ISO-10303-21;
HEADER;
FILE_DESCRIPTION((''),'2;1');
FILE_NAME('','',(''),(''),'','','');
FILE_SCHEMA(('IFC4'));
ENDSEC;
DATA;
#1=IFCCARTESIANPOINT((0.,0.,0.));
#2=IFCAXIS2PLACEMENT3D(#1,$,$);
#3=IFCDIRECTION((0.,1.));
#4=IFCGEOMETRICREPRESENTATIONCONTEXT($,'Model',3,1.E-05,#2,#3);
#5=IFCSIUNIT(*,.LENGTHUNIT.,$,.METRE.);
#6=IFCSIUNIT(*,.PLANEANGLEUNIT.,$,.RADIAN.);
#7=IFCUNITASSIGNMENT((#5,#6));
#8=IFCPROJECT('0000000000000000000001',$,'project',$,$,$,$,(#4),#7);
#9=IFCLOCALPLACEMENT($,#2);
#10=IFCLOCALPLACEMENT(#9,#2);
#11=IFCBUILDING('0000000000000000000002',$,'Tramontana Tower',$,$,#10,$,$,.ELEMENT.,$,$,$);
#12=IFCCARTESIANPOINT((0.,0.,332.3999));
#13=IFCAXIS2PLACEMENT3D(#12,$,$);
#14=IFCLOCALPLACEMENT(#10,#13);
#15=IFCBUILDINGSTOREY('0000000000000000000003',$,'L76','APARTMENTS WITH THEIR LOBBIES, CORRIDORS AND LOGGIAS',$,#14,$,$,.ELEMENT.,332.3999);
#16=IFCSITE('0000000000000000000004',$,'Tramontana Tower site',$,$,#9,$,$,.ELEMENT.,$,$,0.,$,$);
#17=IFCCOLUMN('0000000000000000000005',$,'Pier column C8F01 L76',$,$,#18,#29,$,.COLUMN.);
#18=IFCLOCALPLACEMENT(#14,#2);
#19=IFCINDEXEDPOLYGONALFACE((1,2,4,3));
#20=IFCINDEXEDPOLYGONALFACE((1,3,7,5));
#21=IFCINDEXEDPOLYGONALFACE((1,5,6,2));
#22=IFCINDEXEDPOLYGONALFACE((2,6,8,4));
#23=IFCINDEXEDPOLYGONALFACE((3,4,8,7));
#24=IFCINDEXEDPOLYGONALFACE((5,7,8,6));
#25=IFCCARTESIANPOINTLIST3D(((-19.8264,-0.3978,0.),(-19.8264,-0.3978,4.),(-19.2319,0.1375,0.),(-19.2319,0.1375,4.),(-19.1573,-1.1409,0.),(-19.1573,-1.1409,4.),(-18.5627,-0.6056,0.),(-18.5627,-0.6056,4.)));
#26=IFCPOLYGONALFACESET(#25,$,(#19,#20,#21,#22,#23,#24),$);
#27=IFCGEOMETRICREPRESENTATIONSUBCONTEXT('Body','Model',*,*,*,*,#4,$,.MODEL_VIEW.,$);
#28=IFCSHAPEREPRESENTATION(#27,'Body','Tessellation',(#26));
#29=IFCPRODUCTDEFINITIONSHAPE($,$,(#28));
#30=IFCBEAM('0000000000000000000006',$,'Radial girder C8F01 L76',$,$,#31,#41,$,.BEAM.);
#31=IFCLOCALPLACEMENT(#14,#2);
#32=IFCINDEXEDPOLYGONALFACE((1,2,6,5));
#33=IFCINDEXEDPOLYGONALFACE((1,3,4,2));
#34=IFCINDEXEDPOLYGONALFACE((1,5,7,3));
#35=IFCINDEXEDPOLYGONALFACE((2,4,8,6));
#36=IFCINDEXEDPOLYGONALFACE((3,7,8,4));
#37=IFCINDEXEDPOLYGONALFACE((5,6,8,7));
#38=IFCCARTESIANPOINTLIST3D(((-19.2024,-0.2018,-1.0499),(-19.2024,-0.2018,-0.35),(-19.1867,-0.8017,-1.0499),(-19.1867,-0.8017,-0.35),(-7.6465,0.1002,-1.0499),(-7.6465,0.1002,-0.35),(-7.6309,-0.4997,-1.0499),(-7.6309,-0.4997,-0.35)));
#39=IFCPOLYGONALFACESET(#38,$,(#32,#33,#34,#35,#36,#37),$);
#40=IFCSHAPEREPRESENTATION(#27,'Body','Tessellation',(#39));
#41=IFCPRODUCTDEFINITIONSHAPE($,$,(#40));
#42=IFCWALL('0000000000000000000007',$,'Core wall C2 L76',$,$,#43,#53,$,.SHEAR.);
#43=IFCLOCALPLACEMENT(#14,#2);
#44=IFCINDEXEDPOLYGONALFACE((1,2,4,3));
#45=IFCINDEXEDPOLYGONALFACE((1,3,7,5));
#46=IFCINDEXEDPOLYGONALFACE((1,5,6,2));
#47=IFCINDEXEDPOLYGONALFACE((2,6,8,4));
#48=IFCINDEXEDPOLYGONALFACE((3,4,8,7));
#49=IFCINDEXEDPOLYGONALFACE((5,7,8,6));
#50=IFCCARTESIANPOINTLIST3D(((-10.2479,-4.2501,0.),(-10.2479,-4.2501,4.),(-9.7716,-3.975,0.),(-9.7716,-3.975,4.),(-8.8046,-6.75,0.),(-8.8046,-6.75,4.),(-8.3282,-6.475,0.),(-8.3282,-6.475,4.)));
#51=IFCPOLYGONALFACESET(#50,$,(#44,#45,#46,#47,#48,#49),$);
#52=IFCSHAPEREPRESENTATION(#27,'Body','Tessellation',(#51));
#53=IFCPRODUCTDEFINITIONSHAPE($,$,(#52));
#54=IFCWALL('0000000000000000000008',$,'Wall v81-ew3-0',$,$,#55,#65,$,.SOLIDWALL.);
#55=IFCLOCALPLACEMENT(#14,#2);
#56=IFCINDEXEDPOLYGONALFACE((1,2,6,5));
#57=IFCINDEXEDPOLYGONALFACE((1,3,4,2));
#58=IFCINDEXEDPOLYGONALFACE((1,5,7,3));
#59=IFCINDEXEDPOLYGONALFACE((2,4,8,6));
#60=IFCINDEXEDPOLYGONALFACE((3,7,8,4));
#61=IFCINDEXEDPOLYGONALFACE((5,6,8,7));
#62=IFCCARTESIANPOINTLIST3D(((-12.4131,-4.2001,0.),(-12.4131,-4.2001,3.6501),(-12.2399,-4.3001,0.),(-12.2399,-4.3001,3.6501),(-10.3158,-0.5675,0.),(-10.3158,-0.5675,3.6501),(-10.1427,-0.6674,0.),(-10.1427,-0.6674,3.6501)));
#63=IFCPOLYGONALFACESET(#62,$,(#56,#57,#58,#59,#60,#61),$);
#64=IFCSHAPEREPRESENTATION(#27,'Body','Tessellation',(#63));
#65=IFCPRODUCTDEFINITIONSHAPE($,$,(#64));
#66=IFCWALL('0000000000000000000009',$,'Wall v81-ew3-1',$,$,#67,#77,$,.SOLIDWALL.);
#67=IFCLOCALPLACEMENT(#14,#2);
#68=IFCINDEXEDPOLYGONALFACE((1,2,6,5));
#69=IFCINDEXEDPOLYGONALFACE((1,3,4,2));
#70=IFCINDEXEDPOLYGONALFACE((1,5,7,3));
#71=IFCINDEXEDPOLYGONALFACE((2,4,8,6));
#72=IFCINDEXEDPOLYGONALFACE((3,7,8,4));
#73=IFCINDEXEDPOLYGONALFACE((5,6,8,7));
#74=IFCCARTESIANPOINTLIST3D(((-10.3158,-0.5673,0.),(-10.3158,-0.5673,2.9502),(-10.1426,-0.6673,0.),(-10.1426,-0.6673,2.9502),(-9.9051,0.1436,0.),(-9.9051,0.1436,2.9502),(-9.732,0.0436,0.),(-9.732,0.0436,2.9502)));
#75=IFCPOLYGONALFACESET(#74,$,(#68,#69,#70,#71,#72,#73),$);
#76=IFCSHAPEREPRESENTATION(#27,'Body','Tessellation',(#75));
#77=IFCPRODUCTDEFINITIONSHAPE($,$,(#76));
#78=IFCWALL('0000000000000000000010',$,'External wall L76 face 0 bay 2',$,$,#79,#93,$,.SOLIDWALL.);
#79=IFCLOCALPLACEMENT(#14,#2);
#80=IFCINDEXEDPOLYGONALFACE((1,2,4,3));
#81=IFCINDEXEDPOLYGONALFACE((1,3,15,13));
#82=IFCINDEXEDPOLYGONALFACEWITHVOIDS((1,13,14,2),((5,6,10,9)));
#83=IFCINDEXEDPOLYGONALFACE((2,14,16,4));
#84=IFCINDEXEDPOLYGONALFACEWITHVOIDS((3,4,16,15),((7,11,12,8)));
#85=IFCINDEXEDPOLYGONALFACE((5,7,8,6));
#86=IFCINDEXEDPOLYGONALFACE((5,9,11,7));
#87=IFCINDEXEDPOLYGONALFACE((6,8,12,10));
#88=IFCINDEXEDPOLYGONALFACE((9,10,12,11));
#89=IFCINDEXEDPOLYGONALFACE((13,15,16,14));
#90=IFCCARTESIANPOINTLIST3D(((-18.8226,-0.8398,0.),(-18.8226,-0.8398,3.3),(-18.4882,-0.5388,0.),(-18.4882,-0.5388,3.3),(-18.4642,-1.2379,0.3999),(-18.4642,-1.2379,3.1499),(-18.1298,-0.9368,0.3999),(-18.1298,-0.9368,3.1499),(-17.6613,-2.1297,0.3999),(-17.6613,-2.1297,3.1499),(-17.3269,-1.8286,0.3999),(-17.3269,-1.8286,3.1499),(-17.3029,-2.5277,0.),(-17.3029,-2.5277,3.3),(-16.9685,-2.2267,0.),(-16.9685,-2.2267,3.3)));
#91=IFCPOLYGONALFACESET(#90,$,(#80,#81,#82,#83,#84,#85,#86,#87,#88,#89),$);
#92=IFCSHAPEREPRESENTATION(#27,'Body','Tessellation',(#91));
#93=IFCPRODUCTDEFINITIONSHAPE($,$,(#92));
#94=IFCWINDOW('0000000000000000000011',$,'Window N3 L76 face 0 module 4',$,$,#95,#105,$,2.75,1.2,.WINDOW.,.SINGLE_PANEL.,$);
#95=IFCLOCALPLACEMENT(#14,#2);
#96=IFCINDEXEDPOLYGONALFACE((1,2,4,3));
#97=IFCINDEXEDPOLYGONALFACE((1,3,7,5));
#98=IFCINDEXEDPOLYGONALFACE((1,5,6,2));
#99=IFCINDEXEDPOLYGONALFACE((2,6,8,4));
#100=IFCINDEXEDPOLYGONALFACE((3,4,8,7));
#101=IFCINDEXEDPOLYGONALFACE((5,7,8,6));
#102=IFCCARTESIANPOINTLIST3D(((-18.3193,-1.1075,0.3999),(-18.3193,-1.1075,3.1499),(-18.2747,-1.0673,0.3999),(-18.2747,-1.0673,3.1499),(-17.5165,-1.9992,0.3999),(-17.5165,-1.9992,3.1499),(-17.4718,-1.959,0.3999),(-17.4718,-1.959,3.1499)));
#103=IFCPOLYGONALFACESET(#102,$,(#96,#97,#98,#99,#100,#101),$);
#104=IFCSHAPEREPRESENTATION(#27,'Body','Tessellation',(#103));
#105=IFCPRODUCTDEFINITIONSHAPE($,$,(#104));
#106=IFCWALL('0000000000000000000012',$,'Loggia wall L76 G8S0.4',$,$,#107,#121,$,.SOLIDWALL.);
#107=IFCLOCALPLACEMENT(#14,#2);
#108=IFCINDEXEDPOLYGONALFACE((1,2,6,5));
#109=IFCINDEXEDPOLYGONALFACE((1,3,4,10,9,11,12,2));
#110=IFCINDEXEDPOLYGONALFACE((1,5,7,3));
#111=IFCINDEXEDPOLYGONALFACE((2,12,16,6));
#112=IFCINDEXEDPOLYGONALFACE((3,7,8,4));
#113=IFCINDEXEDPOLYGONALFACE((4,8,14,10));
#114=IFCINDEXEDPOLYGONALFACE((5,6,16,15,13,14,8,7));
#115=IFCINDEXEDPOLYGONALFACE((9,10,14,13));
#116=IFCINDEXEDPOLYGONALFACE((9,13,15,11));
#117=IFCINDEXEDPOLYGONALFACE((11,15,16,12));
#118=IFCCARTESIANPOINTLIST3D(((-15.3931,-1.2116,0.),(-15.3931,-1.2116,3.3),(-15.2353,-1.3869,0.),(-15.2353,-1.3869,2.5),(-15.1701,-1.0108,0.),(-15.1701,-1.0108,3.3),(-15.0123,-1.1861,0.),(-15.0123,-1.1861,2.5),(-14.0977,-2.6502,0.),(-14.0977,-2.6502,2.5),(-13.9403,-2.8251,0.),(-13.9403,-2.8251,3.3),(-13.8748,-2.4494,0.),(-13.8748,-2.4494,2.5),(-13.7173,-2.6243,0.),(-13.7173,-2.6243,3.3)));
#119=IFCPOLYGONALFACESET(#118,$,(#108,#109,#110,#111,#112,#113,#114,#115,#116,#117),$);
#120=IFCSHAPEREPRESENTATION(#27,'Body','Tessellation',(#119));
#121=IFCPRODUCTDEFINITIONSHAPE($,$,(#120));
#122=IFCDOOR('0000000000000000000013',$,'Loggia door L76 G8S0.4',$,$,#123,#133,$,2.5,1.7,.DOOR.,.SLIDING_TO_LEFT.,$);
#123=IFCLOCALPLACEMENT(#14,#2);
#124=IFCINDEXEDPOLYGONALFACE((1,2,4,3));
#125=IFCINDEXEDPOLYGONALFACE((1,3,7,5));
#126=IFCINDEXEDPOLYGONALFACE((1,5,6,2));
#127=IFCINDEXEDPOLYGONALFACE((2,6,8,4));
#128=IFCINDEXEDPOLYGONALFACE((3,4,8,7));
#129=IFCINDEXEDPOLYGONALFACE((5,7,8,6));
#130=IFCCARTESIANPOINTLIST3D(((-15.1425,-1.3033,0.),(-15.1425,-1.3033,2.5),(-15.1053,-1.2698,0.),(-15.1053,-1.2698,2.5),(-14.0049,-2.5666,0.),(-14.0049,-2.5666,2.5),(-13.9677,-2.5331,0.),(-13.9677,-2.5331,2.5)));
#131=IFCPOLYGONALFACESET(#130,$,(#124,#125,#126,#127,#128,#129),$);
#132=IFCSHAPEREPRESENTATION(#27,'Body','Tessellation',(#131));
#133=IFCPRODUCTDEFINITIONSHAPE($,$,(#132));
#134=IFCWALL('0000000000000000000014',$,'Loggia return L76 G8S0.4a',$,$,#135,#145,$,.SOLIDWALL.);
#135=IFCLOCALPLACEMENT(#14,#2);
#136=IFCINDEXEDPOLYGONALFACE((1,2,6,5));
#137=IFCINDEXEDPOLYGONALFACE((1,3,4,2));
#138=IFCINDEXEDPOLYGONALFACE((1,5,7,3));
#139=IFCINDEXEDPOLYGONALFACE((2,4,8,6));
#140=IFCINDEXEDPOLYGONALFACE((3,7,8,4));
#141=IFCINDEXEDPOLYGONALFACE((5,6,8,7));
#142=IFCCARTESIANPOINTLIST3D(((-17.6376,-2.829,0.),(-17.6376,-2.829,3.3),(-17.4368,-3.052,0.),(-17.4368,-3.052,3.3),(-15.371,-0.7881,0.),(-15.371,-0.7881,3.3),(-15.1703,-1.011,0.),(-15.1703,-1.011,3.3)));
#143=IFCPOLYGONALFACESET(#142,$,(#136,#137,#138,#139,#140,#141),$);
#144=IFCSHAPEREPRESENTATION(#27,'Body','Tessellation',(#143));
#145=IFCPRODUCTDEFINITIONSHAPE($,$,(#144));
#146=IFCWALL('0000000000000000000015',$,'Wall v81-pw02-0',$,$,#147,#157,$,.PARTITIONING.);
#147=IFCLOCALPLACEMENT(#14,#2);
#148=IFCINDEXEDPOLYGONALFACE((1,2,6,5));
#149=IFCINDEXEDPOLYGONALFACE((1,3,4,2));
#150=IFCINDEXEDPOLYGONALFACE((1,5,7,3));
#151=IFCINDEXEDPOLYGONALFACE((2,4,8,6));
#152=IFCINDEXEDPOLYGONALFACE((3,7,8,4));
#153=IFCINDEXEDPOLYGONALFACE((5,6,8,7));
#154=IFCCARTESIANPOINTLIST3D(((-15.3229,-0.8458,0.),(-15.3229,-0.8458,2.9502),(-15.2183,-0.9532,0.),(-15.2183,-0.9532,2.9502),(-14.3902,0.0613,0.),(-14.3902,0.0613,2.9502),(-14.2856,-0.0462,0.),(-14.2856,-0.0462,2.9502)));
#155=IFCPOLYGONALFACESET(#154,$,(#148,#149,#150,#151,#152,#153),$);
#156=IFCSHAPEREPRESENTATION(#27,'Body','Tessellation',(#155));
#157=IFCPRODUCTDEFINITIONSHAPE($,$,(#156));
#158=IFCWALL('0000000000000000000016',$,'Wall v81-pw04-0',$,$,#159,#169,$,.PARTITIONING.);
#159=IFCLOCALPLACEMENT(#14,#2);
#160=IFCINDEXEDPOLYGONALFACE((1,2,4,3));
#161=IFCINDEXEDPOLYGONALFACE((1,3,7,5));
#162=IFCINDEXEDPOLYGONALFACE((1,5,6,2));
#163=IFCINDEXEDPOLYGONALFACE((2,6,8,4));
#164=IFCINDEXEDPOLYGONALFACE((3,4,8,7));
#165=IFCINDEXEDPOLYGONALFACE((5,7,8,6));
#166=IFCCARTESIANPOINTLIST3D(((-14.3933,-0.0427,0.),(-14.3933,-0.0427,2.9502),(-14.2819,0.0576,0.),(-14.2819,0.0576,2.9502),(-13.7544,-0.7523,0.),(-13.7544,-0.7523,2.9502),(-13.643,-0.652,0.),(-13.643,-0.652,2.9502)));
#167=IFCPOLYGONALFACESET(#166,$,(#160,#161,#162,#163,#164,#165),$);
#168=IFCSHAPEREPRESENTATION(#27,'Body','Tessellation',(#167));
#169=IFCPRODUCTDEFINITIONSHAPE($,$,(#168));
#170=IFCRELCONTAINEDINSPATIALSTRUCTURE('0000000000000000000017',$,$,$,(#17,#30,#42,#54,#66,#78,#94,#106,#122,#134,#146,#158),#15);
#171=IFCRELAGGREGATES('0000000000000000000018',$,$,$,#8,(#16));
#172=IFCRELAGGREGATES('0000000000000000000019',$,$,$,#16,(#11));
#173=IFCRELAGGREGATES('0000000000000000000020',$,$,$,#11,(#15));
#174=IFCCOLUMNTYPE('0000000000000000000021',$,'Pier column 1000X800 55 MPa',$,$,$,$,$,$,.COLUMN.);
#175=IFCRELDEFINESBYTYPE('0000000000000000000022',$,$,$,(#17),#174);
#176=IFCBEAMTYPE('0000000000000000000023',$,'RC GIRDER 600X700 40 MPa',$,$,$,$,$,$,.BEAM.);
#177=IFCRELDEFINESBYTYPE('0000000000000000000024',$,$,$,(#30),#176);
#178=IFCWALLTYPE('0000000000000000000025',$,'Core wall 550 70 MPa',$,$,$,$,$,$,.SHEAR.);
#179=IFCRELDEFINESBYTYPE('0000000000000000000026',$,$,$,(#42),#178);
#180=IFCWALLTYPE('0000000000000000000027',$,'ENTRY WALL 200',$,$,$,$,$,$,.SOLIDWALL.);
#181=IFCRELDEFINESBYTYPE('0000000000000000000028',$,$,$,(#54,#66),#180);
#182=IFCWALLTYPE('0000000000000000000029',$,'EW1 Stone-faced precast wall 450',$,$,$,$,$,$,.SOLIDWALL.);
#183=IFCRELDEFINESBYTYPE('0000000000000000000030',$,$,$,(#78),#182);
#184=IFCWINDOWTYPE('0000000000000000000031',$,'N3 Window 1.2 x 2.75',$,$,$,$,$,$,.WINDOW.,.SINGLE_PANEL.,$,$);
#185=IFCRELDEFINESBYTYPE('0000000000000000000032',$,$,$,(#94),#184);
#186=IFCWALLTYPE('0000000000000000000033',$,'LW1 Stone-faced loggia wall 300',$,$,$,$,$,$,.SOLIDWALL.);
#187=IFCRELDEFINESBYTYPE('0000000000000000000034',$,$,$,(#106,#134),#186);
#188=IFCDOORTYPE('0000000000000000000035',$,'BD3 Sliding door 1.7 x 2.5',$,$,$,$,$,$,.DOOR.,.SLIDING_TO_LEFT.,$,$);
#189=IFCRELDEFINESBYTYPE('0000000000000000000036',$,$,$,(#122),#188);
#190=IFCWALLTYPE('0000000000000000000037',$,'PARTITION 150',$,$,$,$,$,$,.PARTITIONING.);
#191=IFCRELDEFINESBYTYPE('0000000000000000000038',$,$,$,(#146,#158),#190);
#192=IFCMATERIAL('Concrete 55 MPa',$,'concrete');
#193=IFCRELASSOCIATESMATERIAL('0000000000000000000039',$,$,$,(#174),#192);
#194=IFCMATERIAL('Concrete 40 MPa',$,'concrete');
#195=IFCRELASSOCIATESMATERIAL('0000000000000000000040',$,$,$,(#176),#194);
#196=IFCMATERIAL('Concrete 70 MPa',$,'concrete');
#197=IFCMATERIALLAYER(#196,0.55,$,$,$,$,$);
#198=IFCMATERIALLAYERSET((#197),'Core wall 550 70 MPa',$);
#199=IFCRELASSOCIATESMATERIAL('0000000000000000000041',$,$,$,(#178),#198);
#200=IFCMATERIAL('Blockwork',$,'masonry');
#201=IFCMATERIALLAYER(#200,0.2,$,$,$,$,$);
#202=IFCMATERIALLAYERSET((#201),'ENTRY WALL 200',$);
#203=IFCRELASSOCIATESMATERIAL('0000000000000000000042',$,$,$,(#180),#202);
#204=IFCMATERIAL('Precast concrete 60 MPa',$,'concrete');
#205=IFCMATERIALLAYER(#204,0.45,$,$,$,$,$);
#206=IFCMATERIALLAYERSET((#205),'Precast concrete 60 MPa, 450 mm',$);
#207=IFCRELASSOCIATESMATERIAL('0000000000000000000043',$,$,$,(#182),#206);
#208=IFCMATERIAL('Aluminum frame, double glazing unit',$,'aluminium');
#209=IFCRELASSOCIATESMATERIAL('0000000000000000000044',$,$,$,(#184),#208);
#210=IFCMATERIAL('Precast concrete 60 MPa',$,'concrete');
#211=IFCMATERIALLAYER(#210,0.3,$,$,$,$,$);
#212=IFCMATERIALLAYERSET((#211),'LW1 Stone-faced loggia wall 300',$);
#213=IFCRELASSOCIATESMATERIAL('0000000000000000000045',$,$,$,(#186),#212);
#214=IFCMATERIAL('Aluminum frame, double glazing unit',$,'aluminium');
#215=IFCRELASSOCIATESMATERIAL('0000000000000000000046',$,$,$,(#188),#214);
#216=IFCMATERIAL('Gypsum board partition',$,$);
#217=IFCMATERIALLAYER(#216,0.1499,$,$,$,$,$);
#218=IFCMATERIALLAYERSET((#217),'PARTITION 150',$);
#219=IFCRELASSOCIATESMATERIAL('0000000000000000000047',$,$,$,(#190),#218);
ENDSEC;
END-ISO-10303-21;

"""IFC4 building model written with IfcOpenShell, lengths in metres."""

from ifc_helpers import new_model, si_unit, direction, frame, frame_2d, origin, origin_2d, place, context, subcontext, project, spatial, rectangle, extrude, material, layer, layer_set, material_profile, profile_set, type_object, element, fill, save


model = new_model("IFC4")

# Units and contexts
model_context = context("Model", 3, precision=1e-05, world=origin(), true_north=direction((0.0, 1.0)))
body_context = subcontext(model_context, "Body", "Model", "MODEL_VIEW")
ifc_project = project(units=[si_unit("LENGTHUNIT", "METRE"), si_unit("PLANEANGLEUNIT", "RADIAN")], contexts=[model_context])

# Site, building, storey
site_placement = place(None, origin())
site = spatial("IfcSite", under=ifc_project, at=site_placement, Name="Tramontana Tower site", CompositionType="ELEMENT", RefElevation=0.0)
building_placement = place(site_placement, origin())
building = spatial("IfcBuilding", under=site, at=building_placement, Name="Tramontana Tower", CompositionType="ELEMENT")
storey_placement = place(building_placement, frame((0.0, 0.0, 332.3999)))
storey = spatial("IfcBuildingStorey", under=building, at=storey_placement, Name="L76", Description="APARTMENTS WITH THEIR LOBBIES, CORRIDORS AND LOGGIAS", CompositionType="ELEMENT", Elevation=332.3999)

# Column
ifc_material_1 = material(Name="Concrete 55 MPa", Category="concrete")
ifc_material_profile_1 = material_profile(ifc_material_1, rectangle(XDim=1.0, YDim=0.8, at=origin_2d()), Name="Pier column 1000X800 55 MPa")
ifc_profile_set_1 = profile_set([ifc_material_profile_1], Name="Concrete 55 MPa")
column_type = type_object("IfcColumnType", Name="Pier column 1000X800 55 MPa", PredefinedType="COLUMN", material=ifc_profile_set_1)
column_placement = place(storey_placement, frame((-19.1946, -0.5017, 0.0), z_axis=(0.0, 0.0, 1.0), x_axis=(0.669131, -0.743145, 0.0)))
element("IfcColumn", 1, at=column_placement, inside=storey, type_object=column_type, Name="Pier column C8F01 L76", PredefinedType="COLUMN", context=body_context, shape_type="SweptSolid", body=[
    extrude(rectangle(XDim=1.0, YDim=0.8, at=origin_2d()), origin(), (0.0, 0.0, 1.0), 4.0),
])

# Beam
ifc_material_2 = material(Name="Concrete 40 MPa", Category="concrete")
ifc_material_profile_2 = material_profile(ifc_material_2, rectangle(XDim=0.6001, YDim=0.7, at=origin_2d()), Name="RC GIRDER 600X700 40 MPa")
ifc_profile_set_2 = profile_set([ifc_material_profile_2], Name="Concrete 40 MPa")
beam_type = type_object("IfcBeamType", Name="RC GIRDER 600X700 40 MPa", PredefinedType="BEAM", material=ifc_profile_set_2)
beam_placement = place(storey_placement, frame((-19.1946, -0.5017, -0.7), z_axis=(0.999659, 0.026125, 0.0), x_axis=(-0.026125, 0.999659, 0.0)))
element("IfcBeam", 2, at=beam_placement, inside=storey, type_object=beam_type, Name="Radial girder C8F01 L76", PredefinedType="BEAM", context=body_context, shape_type="SweptSolid", body=[
    extrude(rectangle(XDim=0.6001, YDim=0.7, at=origin_2d()), origin(), (0.0, 0.0, 1.0), 11.5598),
])

# Walls
ifc_material_3 = material(Name="Concrete 70 MPa", Category="concrete")
ifc_layer_1 = layer(ifc_material_3, 0.55)
ifc_layer_set_1 = layer_set([ifc_layer_1], Name="Core wall 550 70 MPa")
wall_type_1 = type_object("IfcWallType", Name="Core wall 550 70 MPa", PredefinedType="SHEAR", material=ifc_layer_set_1)
wall_1_placement = place(storey_placement, frame((-10.0098, -4.1125, 0.0), z_axis=(0.0, 0.0, 1.0), x_axis=(0.499996, -0.866028, 0.0)))
element("IfcWall", 3, at=wall_1_placement, inside=storey, type_object=wall_type_1, Name="Core wall C2 L76", PredefinedType="SHEAR", context=body_context, shape_type="SweptSolid", body=[
    extrude(rectangle(XDim=2.8867, YDim=0.55, at=frame_2d((1.4434, 0.0))), origin(), (0.0, 0.0, 1.0), 4.0),
])
ifc_material_4 = material(Name="Blockwork", Category="masonry")
ifc_layer_2 = layer(ifc_material_4, 0.2)
ifc_layer_set_2 = layer_set([ifc_layer_2], Name="ENTRY WALL 200")
wall_type_2 = type_object("IfcWallType", Name="ENTRY WALL 200", PredefinedType="SOLIDWALL", material=ifc_layer_set_2)
wall_2_placement = place(storey_placement, frame((-12.3264, -4.25, 0.0), z_axis=(0.0, 0.0, 1.0), x_axis=(0.499983, 0.866035, 0.0)))
element("IfcWall", 4, at=wall_2_placement, inside=storey, type_object=wall_type_2, Name="Wall v81-ew3-0", PredefinedType="SOLIDWALL", context=body_context, shape_type="SweptSolid", body=[
    extrude(rectangle(XDim=4.1946, YDim=0.2, at=frame_2d((2.0972, 0.0))), origin(), (0.0, 0.0, 1.0), 3.6501),
])
wall_3_placement = place(storey_placement, frame((-10.2292, -0.6174, 0.0), z_axis=(0.0, 0.0, 1.0), x_axis=(0.500169, 0.865928, 0.0)))
element("IfcWall", 5, at=wall_3_placement, inside=storey, type_object=wall_type_2, Name="Wall v81-ew3-1", PredefinedType="SOLIDWALL", context=body_context, shape_type="SweptSolid", body=[
    extrude(rectangle(XDim=0.821, YDim=0.2, at=frame_2d((0.4106, 0.0))), origin(), (0.0, 0.0, 1.0), 2.9502),
])

# Wall, opening, window
ifc_material_5 = material(Name="Precast concrete 60 MPa", Category="concrete")
ifc_layer_3 = layer(ifc_material_5, 0.45)
ifc_layer_set_3 = layer_set([ifc_layer_3], Name="Precast concrete 60 MPa, 450 mm")
wall_type_3 = type_object("IfcWallType", Name="EW1 Stone-faced precast wall 450", PredefinedType="SOLIDWALL", material=ifc_layer_set_3)
wall_4_placement = place(storey_placement, frame((-18.6555, -0.6892, 0.0), z_axis=(0.0, 0.0, 1.0), x_axis=(0.669107, -0.743166, 0.0)))
wall_4 = element("IfcWall", 6, at=wall_4_placement, inside=storey, type_object=wall_type_3, Name="External wall L76 face 0 bay 2", PredefinedType="SOLIDWALL", context=body_context, shape_type="SweptSolid", body=[
    extrude(rectangle(XDim=2.2712, YDim=0.45, at=frame_2d((1.1357, 0.0))), origin(), (0.0, 0.0, 1.0), 3.3),
])
opening_1_placement = place(wall_4_placement, frame((0.5356, 0.0, 0.3999)))
opening_1 = element("IfcOpeningElement", 7, at=opening_1_placement, cuts=wall_4, PredefinedType="OPENING", context=body_context, shape_type="SweptSolid", body=[
    extrude(rectangle(XDim=1.2, YDim=2.75, at=frame_2d((0.6001, 1.375))), frame((0.0, 0.2349, 0.0), z_axis=(0.0, -1.0, 0.0), x_axis=(1.0, 0.0, 0.0)), (0.0, 0.0, 1.0), 0.47),
])
ifc_material_6 = material(Name="Aluminum frame, double glazing unit", Category="aluminium")
window_type = type_object("IfcWindowType", Name="N3 Window 1.2 x 2.75", PartitioningType="SINGLE_PANEL", PredefinedType="WINDOW", material=ifc_material_6)
window_placement = place(opening_1_placement, origin())
window = element("IfcWindow", 8, at=window_placement, inside=storey, type_object=window_type, Name="Window N3 L76 face 0 module 4", OverallHeight=2.75, OverallWidth=1.2, PartitioningType="SINGLE_PANEL", PredefinedType="WINDOW", context=body_context, shape_type="SweptSolid", body=[
    extrude(rectangle(XDim=1.2, YDim=2.75, at=frame_2d((0.6001, 1.375))), frame((0.0, 0.03, 0.0), z_axis=(0.0, -1.0, 0.0), x_axis=(1.0, 0.0, 0.0)), (0.0, 0.0, 1.0), 0.0601),
])
fill(opening_1, window)

# Wall, opening, door
ifc_material_7 = material(Name="Precast concrete 60 MPa", Category="concrete")
ifc_layer_4 = layer(ifc_material_7, 0.3)
ifc_layer_set_4 = layer_set([ifc_layer_4], Name="LW1 Stone-faced loggia wall 300")
wall_type_4 = type_object("IfcWallType", Name="LW1 Stone-faced loggia wall 300", PredefinedType="SOLIDWALL", material=ifc_layer_set_4)
wall_5_placement = place(storey_placement, frame((-15.2815, -1.1113, 0.0), z_axis=(0.0, 0.0, 1.0), x_axis=(0.669145, -0.743132, 0.0)))
wall_5 = element("IfcWall", 9, at=wall_5_placement, inside=storey, type_object=wall_type_4, Name="Loggia wall L76 G8S0.4", PredefinedType="SOLIDWALL", context=body_context, shape_type="SweptSolid", body=[
    extrude(rectangle(XDim=2.1711, YDim=0.3, at=frame_2d((1.0854, 0.0))), origin(), (0.0, 0.0, 1.0), 3.3),
])
opening_2_placement = place(wall_5_placement, frame((0.2356, 0.0, 0.0)))
opening_2 = element("IfcOpeningElement", 10, at=opening_2_placement, cuts=wall_5, PredefinedType="OPENING", context=body_context, shape_type="SweptSolid", body=[
    extrude(rectangle(XDim=1.7, YDim=2.5, at=frame_2d((0.8501, 1.25))), frame((0.0, 0.1599, 0.0), z_axis=(0.0, -1.0, 0.0), x_axis=(1.0, 0.0, 0.0)), (0.0, 0.0, 1.0), 0.3201),
])
ifc_material_8 = material(Name="Aluminum frame, double glazing unit", Category="aluminium")
door_type_1 = type_object("IfcDoorType", Name="BD3 Sliding door 1.7 x 2.5", OperationType="SLIDING_TO_LEFT", PredefinedType="DOOR", material=ifc_material_8)
door_1_placement = place(opening_2_placement, origin())
door_1 = element("IfcDoor", 11, at=door_1_placement, inside=storey, type_object=door_type_1, Name="Loggia door L76 G8S0.4", OperationType="SLIDING_TO_LEFT", OverallHeight=2.5, OverallWidth=1.7, PredefinedType="DOOR", context=body_context, shape_type="SweptSolid", body=[
    extrude(rectangle(XDim=1.7, YDim=2.5, at=frame_2d((0.8501, 1.25))), frame((0.0, 0.0249, 0.0), z_axis=(0.0, -1.0, 0.0), x_axis=(1.0, 0.0, 0.0)), (0.0, 0.0, 1.0), 0.05),
])
fill(opening_2, door_1)

# Walls
wall_6_placement = place(storey_placement, frame((-17.5371, -2.9404, 0.0), z_axis=(0.0, 0.0, 1.0), x_axis=(0.743119, 0.669159, 0.0)))
element("IfcWall", 12, at=wall_6_placement, inside=storey, type_object=wall_type_4, Name="Loggia return L76 G8S0.4a", PredefinedType="SOLIDWALL", context=body_context, shape_type="SweptSolid", body=[
    extrude(rectangle(XDim=3.05, YDim=0.3, at=frame_2d((1.5249, 0.0))), origin(), (0.0, 0.0, 1.0), 3.3),
])
ifc_material_9 = material(Name="Gypsum board partition")
ifc_layer_5 = layer(ifc_material_9, 0.1499)
ifc_layer_set_5 = layer_set([ifc_layer_5], Name="PARTITION 150")
wall_type_5 = type_object("IfcWallType", Name="PARTITION 150", PredefinedType="PARTITIONING", material=ifc_layer_set_5)
wall_7_placement = place(storey_placement, frame((-15.2705, -0.8994, 0.0), z_axis=(0.0, 0.0, 1.0), x_axis=(0.716891, 0.697186, 0.0)))
element("IfcWall", 13, at=wall_7_placement, inside=storey, type_object=wall_type_5, Name="Wall v81-pw02-0", PredefinedType="PARTITIONING", context=body_context, shape_type="SweptSolid", body=[
    extrude(rectangle(XDim=1.301, YDim=0.1499, at=frame_2d((0.6504, 0.0))), origin(), (0.0, 0.0, 1.0), 2.9502),
])
wall_8_placement = place(storey_placement, frame((-14.3376, 0.0076, 0.0), z_axis=(0.0, 0.0, 1.0), x_axis=(0.669064, -0.743205, 0.0)))
element("IfcWall", 14, at=wall_8_placement, inside=storey, type_object=wall_type_5, Name="Wall v81-pw04-0", PredefinedType="PARTITIONING", context=body_context, shape_type="SweptSolid", body=[
    extrude(rectangle(XDim=0.9548, YDim=0.1499, at=frame_2d((0.4775, 0.0))), origin(), (0.0, 0.0, 1.0), 2.9502),
])

save(model, "model.ifc")
